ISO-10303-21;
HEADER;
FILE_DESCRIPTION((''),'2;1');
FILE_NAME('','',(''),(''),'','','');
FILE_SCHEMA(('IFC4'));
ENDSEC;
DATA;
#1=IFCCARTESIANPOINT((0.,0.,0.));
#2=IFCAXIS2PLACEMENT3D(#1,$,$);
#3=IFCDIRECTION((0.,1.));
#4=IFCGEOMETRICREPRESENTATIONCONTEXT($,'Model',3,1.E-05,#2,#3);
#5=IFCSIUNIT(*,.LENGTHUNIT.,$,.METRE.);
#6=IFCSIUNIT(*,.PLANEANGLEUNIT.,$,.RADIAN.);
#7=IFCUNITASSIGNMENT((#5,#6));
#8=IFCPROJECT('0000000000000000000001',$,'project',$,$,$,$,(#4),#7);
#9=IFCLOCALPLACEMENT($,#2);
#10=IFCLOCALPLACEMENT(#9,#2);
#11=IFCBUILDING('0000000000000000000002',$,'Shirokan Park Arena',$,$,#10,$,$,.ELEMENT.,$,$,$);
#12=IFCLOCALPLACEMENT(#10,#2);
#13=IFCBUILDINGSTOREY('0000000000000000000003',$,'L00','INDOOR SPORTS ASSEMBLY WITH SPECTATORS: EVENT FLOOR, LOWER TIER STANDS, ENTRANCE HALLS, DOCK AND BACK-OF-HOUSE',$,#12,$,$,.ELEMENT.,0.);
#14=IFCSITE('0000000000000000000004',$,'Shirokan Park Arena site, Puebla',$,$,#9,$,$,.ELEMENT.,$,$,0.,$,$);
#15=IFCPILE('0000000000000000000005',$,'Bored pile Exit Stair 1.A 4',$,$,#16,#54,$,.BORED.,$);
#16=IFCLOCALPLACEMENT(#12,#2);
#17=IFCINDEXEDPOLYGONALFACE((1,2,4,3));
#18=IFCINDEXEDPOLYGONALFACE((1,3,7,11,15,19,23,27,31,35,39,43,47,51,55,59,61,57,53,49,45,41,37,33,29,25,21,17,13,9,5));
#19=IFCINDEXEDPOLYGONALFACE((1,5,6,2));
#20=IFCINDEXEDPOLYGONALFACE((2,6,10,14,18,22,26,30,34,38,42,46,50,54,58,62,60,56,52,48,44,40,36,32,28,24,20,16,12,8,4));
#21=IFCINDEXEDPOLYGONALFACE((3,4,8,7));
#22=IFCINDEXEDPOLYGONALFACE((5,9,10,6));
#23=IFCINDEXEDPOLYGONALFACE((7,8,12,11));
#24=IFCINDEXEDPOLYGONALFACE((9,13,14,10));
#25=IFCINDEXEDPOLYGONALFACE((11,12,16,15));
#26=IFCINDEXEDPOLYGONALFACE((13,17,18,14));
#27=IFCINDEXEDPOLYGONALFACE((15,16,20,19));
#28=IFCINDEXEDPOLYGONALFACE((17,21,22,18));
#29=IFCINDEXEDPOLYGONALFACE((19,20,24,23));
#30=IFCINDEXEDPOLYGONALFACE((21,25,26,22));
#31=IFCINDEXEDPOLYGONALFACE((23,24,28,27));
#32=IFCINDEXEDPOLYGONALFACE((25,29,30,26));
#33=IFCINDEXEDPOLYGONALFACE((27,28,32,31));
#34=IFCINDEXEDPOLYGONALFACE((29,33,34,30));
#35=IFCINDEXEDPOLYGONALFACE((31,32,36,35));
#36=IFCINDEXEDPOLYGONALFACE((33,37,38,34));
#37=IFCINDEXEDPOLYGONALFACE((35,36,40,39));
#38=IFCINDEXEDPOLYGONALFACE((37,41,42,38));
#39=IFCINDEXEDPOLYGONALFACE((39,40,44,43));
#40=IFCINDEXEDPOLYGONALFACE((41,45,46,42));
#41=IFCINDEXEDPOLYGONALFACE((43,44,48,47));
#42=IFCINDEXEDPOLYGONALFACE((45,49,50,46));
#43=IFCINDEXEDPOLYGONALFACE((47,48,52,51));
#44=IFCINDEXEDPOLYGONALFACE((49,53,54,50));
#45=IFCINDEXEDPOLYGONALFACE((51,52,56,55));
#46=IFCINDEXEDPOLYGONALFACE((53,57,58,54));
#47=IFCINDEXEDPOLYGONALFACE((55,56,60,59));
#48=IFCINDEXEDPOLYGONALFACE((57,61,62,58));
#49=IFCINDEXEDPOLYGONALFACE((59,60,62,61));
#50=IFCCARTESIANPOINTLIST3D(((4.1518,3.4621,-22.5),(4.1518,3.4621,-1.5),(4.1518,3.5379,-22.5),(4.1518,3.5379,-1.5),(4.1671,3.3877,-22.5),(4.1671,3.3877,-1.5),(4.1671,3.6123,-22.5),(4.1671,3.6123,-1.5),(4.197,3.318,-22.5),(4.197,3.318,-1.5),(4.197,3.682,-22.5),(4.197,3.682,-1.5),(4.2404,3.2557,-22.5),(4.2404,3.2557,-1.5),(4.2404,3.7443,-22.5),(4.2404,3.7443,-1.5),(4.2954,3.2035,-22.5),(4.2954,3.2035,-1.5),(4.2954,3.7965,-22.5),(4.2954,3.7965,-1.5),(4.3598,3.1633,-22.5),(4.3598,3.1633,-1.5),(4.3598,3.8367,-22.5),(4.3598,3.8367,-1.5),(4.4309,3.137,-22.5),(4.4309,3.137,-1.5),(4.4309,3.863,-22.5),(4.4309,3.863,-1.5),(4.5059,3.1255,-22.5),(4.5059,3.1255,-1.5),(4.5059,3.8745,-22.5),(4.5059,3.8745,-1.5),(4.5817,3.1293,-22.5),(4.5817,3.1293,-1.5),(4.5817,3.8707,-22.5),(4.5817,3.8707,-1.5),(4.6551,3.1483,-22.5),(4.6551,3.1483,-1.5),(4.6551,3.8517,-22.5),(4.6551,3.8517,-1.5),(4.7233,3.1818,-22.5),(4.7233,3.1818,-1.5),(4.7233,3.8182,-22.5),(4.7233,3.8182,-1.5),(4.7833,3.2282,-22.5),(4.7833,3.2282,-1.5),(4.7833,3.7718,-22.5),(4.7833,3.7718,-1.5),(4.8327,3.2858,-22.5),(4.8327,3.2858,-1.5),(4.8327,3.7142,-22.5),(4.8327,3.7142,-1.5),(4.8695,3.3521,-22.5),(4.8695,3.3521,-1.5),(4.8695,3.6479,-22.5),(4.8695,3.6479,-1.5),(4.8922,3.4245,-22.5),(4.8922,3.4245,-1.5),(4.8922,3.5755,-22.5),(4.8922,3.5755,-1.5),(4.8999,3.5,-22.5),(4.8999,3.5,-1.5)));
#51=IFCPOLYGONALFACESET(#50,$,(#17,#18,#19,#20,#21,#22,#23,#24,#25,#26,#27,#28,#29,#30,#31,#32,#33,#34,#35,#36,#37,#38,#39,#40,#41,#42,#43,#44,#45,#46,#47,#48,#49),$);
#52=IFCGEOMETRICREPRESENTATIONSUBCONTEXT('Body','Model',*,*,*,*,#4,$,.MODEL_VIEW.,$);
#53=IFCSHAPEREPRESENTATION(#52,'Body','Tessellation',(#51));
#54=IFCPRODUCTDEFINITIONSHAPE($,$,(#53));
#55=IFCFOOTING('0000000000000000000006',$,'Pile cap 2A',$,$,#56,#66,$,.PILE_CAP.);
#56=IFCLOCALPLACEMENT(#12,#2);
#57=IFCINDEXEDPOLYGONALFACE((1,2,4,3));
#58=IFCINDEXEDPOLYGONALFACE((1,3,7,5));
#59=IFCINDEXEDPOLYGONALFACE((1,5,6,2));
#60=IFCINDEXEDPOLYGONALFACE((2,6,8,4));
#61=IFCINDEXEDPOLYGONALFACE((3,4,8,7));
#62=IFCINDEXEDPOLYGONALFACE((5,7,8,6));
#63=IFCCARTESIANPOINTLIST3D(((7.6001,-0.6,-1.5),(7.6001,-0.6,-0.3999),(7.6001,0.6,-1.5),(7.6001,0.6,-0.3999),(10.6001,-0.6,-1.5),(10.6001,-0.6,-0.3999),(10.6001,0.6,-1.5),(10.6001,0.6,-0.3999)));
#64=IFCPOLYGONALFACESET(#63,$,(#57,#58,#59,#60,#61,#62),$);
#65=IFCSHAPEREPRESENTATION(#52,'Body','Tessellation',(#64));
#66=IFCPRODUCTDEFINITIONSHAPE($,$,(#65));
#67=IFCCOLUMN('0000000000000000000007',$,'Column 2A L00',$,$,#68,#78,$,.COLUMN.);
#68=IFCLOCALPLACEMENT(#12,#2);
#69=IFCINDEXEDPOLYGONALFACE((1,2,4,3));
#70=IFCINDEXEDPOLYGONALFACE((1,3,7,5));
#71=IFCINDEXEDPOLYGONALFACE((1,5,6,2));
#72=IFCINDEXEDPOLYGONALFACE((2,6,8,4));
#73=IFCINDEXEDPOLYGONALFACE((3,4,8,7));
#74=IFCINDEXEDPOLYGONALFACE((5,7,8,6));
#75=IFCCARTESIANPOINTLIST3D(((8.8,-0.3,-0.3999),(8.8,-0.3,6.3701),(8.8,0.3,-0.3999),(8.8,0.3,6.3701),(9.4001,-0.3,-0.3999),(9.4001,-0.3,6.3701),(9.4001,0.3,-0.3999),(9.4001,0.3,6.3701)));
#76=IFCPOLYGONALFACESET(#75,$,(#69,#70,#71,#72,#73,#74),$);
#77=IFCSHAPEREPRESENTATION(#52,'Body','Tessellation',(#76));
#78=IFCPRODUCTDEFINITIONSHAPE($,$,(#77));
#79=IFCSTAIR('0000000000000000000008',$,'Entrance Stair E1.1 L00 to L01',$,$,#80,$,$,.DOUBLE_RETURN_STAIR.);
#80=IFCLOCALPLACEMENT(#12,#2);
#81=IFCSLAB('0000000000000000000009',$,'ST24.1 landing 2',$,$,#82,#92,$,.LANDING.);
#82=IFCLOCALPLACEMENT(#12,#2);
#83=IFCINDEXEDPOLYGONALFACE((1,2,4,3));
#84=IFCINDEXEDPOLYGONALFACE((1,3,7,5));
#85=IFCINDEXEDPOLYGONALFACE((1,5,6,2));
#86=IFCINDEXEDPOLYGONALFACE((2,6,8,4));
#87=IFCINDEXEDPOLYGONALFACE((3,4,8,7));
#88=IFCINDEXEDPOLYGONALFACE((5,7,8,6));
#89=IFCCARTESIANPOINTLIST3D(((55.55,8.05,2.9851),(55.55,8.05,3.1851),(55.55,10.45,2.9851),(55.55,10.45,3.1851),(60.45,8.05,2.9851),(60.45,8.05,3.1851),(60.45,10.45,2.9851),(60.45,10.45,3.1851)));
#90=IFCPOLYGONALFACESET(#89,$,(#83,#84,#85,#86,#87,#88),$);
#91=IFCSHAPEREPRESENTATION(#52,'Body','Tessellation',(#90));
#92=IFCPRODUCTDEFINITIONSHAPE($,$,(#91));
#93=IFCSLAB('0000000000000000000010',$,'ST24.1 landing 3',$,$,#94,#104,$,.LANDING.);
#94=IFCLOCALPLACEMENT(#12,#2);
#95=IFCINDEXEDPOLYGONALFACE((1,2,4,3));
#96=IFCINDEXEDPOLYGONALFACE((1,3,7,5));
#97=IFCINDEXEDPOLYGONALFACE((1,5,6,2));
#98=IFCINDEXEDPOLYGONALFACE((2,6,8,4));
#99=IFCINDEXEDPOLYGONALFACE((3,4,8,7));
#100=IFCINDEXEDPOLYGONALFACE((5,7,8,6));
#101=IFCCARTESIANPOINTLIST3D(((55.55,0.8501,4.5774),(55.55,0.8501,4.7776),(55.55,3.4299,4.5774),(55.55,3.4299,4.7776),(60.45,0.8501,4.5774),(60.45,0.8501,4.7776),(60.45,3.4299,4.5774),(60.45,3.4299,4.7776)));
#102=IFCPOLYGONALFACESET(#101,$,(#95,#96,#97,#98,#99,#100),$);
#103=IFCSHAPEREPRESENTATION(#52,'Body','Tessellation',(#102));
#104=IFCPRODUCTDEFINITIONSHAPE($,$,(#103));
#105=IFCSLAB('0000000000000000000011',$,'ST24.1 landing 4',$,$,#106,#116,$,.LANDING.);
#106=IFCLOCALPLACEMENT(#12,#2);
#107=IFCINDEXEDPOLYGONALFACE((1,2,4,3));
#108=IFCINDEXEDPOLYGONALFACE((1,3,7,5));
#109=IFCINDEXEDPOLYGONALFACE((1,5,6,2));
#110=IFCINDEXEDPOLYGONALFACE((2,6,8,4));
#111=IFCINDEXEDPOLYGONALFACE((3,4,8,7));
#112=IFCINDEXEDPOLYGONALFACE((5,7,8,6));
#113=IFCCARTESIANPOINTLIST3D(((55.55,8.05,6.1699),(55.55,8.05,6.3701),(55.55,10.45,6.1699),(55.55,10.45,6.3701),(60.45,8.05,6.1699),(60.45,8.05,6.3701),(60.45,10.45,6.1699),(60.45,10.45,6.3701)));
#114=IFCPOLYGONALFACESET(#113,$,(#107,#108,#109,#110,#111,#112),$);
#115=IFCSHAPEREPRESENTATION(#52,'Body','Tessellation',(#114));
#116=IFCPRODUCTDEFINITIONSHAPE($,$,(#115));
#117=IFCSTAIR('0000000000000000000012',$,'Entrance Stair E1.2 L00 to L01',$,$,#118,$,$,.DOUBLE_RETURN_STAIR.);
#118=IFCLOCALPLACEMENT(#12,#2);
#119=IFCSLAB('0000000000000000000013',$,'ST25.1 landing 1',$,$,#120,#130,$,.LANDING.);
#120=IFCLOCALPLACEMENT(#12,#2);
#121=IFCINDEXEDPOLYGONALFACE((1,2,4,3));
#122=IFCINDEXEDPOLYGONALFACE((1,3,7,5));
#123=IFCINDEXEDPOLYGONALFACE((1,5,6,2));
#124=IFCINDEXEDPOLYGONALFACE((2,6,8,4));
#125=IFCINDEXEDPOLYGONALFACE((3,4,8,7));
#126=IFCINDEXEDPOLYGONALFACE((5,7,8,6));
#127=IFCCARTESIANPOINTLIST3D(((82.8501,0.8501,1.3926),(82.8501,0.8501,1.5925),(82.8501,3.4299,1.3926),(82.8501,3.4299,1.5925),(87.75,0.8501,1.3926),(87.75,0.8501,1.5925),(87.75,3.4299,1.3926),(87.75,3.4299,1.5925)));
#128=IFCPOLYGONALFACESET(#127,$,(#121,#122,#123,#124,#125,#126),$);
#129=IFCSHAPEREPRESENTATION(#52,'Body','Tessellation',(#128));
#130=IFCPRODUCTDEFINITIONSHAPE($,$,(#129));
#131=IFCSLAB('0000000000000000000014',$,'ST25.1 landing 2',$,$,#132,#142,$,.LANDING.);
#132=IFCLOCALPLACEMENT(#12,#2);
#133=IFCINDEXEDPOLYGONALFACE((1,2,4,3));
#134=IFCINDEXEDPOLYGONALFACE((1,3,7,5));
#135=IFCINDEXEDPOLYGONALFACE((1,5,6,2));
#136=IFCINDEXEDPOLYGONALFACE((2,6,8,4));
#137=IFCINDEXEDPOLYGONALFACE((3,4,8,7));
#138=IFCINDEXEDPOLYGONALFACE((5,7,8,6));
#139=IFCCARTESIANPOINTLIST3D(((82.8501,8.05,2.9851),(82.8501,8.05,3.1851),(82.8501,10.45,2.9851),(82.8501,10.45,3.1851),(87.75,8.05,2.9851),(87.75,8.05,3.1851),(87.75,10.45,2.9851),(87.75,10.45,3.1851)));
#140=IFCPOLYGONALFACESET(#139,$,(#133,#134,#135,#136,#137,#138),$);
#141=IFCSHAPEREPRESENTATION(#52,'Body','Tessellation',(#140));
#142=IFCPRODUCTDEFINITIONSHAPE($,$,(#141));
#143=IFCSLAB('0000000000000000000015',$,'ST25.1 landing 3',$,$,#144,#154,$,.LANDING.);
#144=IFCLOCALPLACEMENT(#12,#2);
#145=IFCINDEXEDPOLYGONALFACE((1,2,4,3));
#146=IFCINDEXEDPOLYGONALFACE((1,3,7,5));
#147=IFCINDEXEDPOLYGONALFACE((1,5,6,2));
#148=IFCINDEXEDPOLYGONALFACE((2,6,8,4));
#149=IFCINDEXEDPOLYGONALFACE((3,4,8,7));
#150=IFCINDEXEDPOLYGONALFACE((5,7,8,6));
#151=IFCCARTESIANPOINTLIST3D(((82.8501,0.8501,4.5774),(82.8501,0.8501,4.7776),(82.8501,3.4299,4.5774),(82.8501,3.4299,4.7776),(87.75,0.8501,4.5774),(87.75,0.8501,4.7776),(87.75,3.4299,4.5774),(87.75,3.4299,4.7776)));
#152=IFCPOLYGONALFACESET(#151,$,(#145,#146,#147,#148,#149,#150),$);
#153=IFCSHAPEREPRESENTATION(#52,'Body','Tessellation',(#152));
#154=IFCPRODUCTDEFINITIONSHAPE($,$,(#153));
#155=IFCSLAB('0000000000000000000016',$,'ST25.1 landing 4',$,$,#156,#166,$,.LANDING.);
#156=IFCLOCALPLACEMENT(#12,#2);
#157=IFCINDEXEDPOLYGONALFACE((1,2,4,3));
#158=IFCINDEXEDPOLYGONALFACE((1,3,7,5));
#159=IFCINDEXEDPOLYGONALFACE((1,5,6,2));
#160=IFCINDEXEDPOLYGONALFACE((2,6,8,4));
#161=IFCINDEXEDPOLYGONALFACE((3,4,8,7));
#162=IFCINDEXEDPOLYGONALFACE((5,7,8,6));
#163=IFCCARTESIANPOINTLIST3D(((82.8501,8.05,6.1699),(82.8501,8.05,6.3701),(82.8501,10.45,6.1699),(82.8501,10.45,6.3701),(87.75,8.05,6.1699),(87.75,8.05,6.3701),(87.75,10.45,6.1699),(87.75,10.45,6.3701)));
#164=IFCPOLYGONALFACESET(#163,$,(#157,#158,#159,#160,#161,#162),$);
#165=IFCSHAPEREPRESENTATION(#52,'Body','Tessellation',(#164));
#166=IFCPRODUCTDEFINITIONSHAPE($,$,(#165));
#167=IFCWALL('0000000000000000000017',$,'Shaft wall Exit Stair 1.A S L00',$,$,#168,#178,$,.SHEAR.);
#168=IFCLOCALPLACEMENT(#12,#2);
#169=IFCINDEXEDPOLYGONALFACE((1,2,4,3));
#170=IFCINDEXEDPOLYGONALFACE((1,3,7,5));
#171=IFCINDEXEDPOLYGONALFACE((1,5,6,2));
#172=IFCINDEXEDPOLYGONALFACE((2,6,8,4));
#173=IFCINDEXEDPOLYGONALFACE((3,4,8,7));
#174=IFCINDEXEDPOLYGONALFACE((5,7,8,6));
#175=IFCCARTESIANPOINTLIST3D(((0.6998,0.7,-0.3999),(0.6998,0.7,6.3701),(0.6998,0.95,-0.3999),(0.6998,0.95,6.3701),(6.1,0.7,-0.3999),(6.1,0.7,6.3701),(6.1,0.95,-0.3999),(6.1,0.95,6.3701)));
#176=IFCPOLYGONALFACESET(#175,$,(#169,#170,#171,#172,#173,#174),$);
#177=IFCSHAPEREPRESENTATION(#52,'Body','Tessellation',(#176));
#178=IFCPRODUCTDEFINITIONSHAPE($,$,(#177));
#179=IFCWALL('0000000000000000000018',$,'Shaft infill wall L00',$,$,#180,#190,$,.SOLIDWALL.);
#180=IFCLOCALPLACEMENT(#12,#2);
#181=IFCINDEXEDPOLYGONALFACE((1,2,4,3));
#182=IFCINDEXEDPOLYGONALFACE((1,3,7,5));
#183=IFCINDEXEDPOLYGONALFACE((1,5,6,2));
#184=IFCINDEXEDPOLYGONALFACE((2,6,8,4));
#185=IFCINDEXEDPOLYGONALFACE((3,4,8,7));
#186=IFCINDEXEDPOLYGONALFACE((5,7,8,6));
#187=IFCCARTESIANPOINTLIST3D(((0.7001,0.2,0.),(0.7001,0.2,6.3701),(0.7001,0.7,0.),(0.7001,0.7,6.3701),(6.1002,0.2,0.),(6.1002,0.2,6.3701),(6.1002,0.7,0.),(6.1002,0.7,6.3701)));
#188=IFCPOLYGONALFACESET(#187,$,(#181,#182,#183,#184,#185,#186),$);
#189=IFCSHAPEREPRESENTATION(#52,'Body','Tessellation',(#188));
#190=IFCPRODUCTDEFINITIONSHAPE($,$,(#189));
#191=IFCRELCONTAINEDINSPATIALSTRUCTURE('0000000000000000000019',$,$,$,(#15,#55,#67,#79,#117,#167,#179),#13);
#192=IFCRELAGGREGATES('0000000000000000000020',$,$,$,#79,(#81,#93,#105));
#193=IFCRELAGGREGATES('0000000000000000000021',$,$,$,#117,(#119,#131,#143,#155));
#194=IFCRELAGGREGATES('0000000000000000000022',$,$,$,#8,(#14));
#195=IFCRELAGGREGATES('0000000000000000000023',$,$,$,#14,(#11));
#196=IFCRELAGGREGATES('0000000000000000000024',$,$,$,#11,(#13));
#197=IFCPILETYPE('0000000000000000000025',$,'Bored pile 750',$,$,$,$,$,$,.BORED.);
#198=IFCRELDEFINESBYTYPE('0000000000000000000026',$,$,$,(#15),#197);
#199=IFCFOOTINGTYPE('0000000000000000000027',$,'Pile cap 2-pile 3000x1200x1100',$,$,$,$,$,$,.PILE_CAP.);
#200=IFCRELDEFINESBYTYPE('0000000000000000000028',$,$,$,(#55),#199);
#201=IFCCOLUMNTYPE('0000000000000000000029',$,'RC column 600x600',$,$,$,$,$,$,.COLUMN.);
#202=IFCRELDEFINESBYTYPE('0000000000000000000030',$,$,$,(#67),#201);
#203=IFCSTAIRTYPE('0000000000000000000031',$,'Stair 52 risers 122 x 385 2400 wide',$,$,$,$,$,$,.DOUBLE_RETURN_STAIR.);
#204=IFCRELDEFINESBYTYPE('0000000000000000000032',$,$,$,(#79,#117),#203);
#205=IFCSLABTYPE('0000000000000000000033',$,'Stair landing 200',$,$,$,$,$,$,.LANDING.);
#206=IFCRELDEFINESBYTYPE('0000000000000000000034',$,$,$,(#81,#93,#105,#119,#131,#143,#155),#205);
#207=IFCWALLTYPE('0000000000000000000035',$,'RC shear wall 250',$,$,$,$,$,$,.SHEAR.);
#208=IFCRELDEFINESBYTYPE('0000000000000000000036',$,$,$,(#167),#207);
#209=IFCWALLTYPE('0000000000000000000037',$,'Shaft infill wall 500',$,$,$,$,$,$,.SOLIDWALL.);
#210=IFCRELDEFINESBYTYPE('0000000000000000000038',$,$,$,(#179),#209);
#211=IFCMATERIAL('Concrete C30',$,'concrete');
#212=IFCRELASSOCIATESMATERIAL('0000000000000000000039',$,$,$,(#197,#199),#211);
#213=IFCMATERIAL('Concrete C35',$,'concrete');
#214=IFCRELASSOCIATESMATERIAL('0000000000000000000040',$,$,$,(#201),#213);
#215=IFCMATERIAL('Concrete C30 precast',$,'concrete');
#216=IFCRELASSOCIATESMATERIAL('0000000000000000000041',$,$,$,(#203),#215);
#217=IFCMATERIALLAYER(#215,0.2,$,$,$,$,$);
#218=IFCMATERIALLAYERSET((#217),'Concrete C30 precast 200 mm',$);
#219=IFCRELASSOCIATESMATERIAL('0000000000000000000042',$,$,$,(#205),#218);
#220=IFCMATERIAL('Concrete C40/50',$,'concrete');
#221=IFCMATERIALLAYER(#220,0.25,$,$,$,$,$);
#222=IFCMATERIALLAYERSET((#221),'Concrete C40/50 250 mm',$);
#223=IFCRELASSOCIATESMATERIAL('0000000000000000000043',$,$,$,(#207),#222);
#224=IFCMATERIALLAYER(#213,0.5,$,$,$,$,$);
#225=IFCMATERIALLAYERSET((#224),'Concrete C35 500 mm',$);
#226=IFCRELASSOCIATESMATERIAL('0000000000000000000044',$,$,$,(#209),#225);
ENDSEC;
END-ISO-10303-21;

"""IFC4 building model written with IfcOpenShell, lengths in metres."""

from ifc_helpers import new_model, si_unit, direction, frame, frame_2d, origin, origin_2d, place, context, subcontext, project, spatial, polyline, rectangle, circle, outline, extrude, material, layer, layer_set, material_profile, profile_set, type_object, element, aggregate, save


model = new_model("IFC4")

# Units and contexts
model_context = context("Model", 3, precision=1e-05, world=origin(), true_north=direction((0.0, 1.0)))
body_context = subcontext(model_context, "Body", "Model", "MODEL_VIEW")
ifc_project = project(units=[si_unit("LENGTHUNIT", "METRE"), si_unit("PLANEANGLEUNIT", "RADIAN")], contexts=[model_context])

# Site, building, storey
site_placement = place(None, origin())
site = spatial("IfcSite", under=ifc_project, at=site_placement, Name="Shirokan Park Arena site, Puebla", CompositionType="ELEMENT", RefElevation=0.0)
building_placement = place(site_placement, origin())
building = spatial("IfcBuilding", under=site, at=building_placement, Name="Shirokan Park Arena", CompositionType="ELEMENT")
storey_placement = place(building_placement, origin())
storey = spatial("IfcBuildingStorey", under=building, at=storey_placement, Name="L00", Description="INDOOR SPORTS ASSEMBLY WITH SPECTATORS: EVENT FLOOR, LOWER TIER STANDS, ENTRANCE HALLS, DOCK AND BACK-OF-HOUSE", CompositionType="ELEMENT", Elevation=0.0)

# Pile
ifc_material_1 = material(Name="Concrete C30", Category="concrete")
ifc_material_profile_1 = material_profile(ifc_material_1, circle(Radius=0.375, at=origin_2d()), Name="D750")
ifc_profile_set_1 = profile_set([ifc_material_profile_1], Name="Concrete C30")
pile_type_1 = type_object("IfcPileType", Name="Bored pile 750", PredefinedType="BORED", material=ifc_profile_set_1)
for number, where, z_axis, x_axis, name in (
    (1, (4.5249, 3.5, -1.5), (0.0, 0.0, -1.0), (1.0, 0.0, 0.0), "Bored pile Exit Stair 1.A 4"),
):
    element("IfcPile", number, at=place(storey_placement, frame(where, z_axis=z_axis, x_axis=x_axis)), inside=storey, type_object=pile_type_1, Name=name, PredefinedType="BORED", context=body_context, shape_type="SweptSolid", body=[
        extrude(circle(Radius=0.375, at=origin_2d()), origin(), (0.0, 0.0, 1.0), 21.0),
    ])

# Footing
footing_type = type_object("IfcFootingType", Name="Pile cap 2-pile 3000x1200x1100", PredefinedType="PILE_CAP", material=ifc_material_1)
footing_placement = place(storey_placement, frame((9.1001, 0.0, -1.5), z_axis=(0.0, 0.0, 1.0), x_axis=(1.0, 0.0, 0.0)))
element("IfcFooting", 2, at=footing_placement, inside=storey, type_object=footing_type, Name="Pile cap 2A", PredefinedType="PILE_CAP", context=body_context, shape_type="SweptSolid", body=[
    extrude(rectangle(XDim=3.0, YDim=1.2, at=origin_2d()), origin(), (0.0, 0.0, 1.0), 1.1001),
])

# Column
ifc_material_2 = material(Name="Concrete C35", Category="concrete")
ifc_material_profile_2 = material_profile(ifc_material_2, rectangle(XDim=0.6001, YDim=0.6001, at=origin_2d()), Name="600x600")
ifc_profile_set_2 = profile_set([ifc_material_profile_2], Name="Concrete C35")
column_type = type_object("IfcColumnType", Name="RC column 600x600", PredefinedType="COLUMN", material=ifc_profile_set_2)
column_placement = place(storey_placement, frame((9.1001, 0.0, -0.3999), z_axis=(0.0, 0.0, 1.0), x_axis=(1.0, 0.0, 0.0)))
element("IfcColumn", 3, at=column_placement, inside=storey, type_object=column_type, Name="Column 2A L00", PredefinedType="COLUMN", context=body_context, shape_type="SweptSolid", body=[
    extrude(rectangle(XDim=0.6001, YDim=0.6001, at=origin_2d()), origin(), (0.0, 0.0, 1.0), 6.77),
])

# Stairs, slabs
ifc_material_3 = material(Name="Concrete C30 precast", Category="concrete")
stair_type = type_object("IfcStairType", Name="Stair 52 risers 122 x 385 2400 wide", PredefinedType="DOUBLE_RETURN_STAIR", material=ifc_material_3)
stair_1_placement = place(storey_placement, origin())
stair_1 = element("IfcStair", 4, at=stair_1_placement, inside=storey, type_object=stair_type, Name="Entrance Stair E1.1 L00 to L01", PredefinedType="DOUBLE_RETURN_STAIR")
ifc_layer_1 = layer(ifc_material_3, 0.2)
ifc_layer_set_1 = layer_set([ifc_layer_1], Name="Concrete C30 precast 200 mm")
slab_type = type_object("IfcSlabType", Name="Stair landing 200", PredefinedType="LANDING", material=ifc_layer_set_1)
slab_1_placement = place(storey_placement, frame((0.0, 0.0, 2.9851)))
slab_1 = element("IfcSlab", 5, at=slab_1_placement, type_object=slab_type, Name="ST24.1 landing 2", PredefinedType="LANDING", context=body_context, shape_type="SweptSolid", body=[
    extrude(outline(polyline([(55.55, 8.05), (60.45, 8.05), (60.45, 10.45), (55.55, 10.45), (55.55, 8.05)])), origin(), (0.0, 0.0, 1.0), 0.2),
])
slab_2_placement = place(storey_placement, frame((0.0, 0.0, 4.5774)))
slab_2 = element("IfcSlab", 6, at=slab_2_placement, type_object=slab_type, Name="ST24.1 landing 3", PredefinedType="LANDING", context=body_context, shape_type="SweptSolid", body=[
    extrude(outline(polyline([(55.55, 0.8501), (60.45, 0.8501), (60.45, 3.4299), (55.55, 3.4299), (55.55, 0.8501)])), origin(), (0.0, 0.0, 1.0), 0.2002),
])
slab_3_placement = place(storey_placement, frame((0.0, 0.0, 6.1699)))
slab_3 = element("IfcSlab", 7, at=slab_3_placement, type_object=slab_type, Name="ST24.1 landing 4", PredefinedType="LANDING", context=body_context, shape_type="SweptSolid", body=[
    extrude(outline(polyline([(55.55, 8.05), (60.45, 8.05), (60.45, 10.45), (55.55, 10.45), (55.55, 8.05)])), origin(), (0.0, 0.0, 1.0), 0.2002),
])
aggregate(stair_1, [slab_1, slab_2, slab_3])
stair_2_placement = place(storey_placement, origin())
stair_2 = element("IfcStair", 8, at=stair_2_placement, inside=storey, type_object=stair_type, Name="Entrance Stair E1.2 L00 to L01", PredefinedType="DOUBLE_RETURN_STAIR")
slab_4_placement = place(storey_placement, frame((0.0, 0.0, 1.3926)))
slab_4 = element("IfcSlab", 9, at=slab_4_placement, type_object=slab_type, Name="ST25.1 landing 1", PredefinedType="LANDING", context=body_context, shape_type="SweptSolid", body=[
    extrude(outline(polyline([(82.8501, 0.8501), (87.75, 0.8501), (87.75, 3.4299), (82.8501, 3.4299), (82.8501, 0.8501)])), origin(), (0.0, 0.0, 1.0), 0.2),
])
slab_5_placement = place(storey_placement, frame((0.0, 0.0, 2.9851)))
slab_5 = element("IfcSlab", 10, at=slab_5_placement, type_object=slab_type, Name="ST25.1 landing 2", PredefinedType="LANDING", context=body_context, shape_type="SweptSolid", body=[
    extrude(outline(polyline([(82.8501, 8.05), (87.75, 8.05), (87.75, 10.45), (82.8501, 10.45), (82.8501, 8.05)])), origin(), (0.0, 0.0, 1.0), 0.2),
])
slab_6_placement = place(storey_placement, frame((0.0, 0.0, 4.5774)))
slab_6 = element("IfcSlab", 11, at=slab_6_placement, type_object=slab_type, Name="ST25.1 landing 3", PredefinedType="LANDING", context=body_context, shape_type="SweptSolid", body=[
    extrude(outline(polyline([(82.8501, 0.8501), (87.75, 0.8501), (87.75, 3.4299), (82.8501, 3.4299), (82.8501, 0.8501)])), origin(), (0.0, 0.0, 1.0), 0.2002),
])
slab_7_placement = place(storey_placement, frame((0.0, 0.0, 6.1699)))
slab_7 = element("IfcSlab", 12, at=slab_7_placement, type_object=slab_type, Name="ST25.1 landing 4", PredefinedType="LANDING", context=body_context, shape_type="SweptSolid", body=[
    extrude(outline(polyline([(82.8501, 8.05), (87.75, 8.05), (87.75, 10.45), (82.8501, 10.45), (82.8501, 8.05)])), origin(), (0.0, 0.0, 1.0), 0.2002),
])
aggregate(stair_2, [slab_4, slab_5, slab_6, slab_7])

# Walls
ifc_material_4 = material(Name="Concrete C40/50", Category="concrete")
ifc_layer_2 = layer(ifc_material_4, 0.25)
ifc_layer_set_2 = layer_set([ifc_layer_2], Name="Concrete C40/50 250 mm")
wall_type_1 = type_object("IfcWallType", Name="RC shear wall 250", PredefinedType="SHEAR", material=ifc_layer_set_2)
wall_1_placement = place(storey_placement, frame((6.1001, 0.825, -0.3999), z_axis=(0.0, 0.0, 1.0), x_axis=(-1.0, 0.0, 0.0)))
element("IfcWall", 13, at=wall_1_placement, inside=storey, type_object=wall_type_1, Name="Shaft wall Exit Stair 1.A S L00", PredefinedType="SHEAR", context=body_context, shape_type="SweptSolid", body=[
    extrude(rectangle(XDim=5.4001, YDim=0.25, at=frame_2d((2.7002, 0.0))), origin(), (0.0, 0.0, 1.0), 6.77),
])
ifc_layer_3 = layer(ifc_material_2, 0.5)
ifc_layer_set_3 = layer_set([ifc_layer_3], Name="Concrete C35 500 mm")
wall_type_2 = type_object("IfcWallType", Name="Shaft infill wall 500", PredefinedType="SOLIDWALL", material=ifc_layer_set_3)
wall_2_placement = place(storey_placement, frame((0.7, 0.45, 0.0), z_axis=(0.0, 0.0, 1.0), x_axis=(1.0, 0.0, 0.0)))
element("IfcWall", 14, at=wall_2_placement, inside=storey, type_object=wall_type_2, Name="Shaft infill wall L00", PredefinedType="SOLIDWALL", context=body_context, shape_type="SweptSolid", body=[
    extrude(rectangle(XDim=5.4001, YDim=0.5, at=frame_2d((2.7002, 0.0))), origin(), (0.0, 0.0, 1.0), 6.3701),
])

save(model, "model.ifc")
